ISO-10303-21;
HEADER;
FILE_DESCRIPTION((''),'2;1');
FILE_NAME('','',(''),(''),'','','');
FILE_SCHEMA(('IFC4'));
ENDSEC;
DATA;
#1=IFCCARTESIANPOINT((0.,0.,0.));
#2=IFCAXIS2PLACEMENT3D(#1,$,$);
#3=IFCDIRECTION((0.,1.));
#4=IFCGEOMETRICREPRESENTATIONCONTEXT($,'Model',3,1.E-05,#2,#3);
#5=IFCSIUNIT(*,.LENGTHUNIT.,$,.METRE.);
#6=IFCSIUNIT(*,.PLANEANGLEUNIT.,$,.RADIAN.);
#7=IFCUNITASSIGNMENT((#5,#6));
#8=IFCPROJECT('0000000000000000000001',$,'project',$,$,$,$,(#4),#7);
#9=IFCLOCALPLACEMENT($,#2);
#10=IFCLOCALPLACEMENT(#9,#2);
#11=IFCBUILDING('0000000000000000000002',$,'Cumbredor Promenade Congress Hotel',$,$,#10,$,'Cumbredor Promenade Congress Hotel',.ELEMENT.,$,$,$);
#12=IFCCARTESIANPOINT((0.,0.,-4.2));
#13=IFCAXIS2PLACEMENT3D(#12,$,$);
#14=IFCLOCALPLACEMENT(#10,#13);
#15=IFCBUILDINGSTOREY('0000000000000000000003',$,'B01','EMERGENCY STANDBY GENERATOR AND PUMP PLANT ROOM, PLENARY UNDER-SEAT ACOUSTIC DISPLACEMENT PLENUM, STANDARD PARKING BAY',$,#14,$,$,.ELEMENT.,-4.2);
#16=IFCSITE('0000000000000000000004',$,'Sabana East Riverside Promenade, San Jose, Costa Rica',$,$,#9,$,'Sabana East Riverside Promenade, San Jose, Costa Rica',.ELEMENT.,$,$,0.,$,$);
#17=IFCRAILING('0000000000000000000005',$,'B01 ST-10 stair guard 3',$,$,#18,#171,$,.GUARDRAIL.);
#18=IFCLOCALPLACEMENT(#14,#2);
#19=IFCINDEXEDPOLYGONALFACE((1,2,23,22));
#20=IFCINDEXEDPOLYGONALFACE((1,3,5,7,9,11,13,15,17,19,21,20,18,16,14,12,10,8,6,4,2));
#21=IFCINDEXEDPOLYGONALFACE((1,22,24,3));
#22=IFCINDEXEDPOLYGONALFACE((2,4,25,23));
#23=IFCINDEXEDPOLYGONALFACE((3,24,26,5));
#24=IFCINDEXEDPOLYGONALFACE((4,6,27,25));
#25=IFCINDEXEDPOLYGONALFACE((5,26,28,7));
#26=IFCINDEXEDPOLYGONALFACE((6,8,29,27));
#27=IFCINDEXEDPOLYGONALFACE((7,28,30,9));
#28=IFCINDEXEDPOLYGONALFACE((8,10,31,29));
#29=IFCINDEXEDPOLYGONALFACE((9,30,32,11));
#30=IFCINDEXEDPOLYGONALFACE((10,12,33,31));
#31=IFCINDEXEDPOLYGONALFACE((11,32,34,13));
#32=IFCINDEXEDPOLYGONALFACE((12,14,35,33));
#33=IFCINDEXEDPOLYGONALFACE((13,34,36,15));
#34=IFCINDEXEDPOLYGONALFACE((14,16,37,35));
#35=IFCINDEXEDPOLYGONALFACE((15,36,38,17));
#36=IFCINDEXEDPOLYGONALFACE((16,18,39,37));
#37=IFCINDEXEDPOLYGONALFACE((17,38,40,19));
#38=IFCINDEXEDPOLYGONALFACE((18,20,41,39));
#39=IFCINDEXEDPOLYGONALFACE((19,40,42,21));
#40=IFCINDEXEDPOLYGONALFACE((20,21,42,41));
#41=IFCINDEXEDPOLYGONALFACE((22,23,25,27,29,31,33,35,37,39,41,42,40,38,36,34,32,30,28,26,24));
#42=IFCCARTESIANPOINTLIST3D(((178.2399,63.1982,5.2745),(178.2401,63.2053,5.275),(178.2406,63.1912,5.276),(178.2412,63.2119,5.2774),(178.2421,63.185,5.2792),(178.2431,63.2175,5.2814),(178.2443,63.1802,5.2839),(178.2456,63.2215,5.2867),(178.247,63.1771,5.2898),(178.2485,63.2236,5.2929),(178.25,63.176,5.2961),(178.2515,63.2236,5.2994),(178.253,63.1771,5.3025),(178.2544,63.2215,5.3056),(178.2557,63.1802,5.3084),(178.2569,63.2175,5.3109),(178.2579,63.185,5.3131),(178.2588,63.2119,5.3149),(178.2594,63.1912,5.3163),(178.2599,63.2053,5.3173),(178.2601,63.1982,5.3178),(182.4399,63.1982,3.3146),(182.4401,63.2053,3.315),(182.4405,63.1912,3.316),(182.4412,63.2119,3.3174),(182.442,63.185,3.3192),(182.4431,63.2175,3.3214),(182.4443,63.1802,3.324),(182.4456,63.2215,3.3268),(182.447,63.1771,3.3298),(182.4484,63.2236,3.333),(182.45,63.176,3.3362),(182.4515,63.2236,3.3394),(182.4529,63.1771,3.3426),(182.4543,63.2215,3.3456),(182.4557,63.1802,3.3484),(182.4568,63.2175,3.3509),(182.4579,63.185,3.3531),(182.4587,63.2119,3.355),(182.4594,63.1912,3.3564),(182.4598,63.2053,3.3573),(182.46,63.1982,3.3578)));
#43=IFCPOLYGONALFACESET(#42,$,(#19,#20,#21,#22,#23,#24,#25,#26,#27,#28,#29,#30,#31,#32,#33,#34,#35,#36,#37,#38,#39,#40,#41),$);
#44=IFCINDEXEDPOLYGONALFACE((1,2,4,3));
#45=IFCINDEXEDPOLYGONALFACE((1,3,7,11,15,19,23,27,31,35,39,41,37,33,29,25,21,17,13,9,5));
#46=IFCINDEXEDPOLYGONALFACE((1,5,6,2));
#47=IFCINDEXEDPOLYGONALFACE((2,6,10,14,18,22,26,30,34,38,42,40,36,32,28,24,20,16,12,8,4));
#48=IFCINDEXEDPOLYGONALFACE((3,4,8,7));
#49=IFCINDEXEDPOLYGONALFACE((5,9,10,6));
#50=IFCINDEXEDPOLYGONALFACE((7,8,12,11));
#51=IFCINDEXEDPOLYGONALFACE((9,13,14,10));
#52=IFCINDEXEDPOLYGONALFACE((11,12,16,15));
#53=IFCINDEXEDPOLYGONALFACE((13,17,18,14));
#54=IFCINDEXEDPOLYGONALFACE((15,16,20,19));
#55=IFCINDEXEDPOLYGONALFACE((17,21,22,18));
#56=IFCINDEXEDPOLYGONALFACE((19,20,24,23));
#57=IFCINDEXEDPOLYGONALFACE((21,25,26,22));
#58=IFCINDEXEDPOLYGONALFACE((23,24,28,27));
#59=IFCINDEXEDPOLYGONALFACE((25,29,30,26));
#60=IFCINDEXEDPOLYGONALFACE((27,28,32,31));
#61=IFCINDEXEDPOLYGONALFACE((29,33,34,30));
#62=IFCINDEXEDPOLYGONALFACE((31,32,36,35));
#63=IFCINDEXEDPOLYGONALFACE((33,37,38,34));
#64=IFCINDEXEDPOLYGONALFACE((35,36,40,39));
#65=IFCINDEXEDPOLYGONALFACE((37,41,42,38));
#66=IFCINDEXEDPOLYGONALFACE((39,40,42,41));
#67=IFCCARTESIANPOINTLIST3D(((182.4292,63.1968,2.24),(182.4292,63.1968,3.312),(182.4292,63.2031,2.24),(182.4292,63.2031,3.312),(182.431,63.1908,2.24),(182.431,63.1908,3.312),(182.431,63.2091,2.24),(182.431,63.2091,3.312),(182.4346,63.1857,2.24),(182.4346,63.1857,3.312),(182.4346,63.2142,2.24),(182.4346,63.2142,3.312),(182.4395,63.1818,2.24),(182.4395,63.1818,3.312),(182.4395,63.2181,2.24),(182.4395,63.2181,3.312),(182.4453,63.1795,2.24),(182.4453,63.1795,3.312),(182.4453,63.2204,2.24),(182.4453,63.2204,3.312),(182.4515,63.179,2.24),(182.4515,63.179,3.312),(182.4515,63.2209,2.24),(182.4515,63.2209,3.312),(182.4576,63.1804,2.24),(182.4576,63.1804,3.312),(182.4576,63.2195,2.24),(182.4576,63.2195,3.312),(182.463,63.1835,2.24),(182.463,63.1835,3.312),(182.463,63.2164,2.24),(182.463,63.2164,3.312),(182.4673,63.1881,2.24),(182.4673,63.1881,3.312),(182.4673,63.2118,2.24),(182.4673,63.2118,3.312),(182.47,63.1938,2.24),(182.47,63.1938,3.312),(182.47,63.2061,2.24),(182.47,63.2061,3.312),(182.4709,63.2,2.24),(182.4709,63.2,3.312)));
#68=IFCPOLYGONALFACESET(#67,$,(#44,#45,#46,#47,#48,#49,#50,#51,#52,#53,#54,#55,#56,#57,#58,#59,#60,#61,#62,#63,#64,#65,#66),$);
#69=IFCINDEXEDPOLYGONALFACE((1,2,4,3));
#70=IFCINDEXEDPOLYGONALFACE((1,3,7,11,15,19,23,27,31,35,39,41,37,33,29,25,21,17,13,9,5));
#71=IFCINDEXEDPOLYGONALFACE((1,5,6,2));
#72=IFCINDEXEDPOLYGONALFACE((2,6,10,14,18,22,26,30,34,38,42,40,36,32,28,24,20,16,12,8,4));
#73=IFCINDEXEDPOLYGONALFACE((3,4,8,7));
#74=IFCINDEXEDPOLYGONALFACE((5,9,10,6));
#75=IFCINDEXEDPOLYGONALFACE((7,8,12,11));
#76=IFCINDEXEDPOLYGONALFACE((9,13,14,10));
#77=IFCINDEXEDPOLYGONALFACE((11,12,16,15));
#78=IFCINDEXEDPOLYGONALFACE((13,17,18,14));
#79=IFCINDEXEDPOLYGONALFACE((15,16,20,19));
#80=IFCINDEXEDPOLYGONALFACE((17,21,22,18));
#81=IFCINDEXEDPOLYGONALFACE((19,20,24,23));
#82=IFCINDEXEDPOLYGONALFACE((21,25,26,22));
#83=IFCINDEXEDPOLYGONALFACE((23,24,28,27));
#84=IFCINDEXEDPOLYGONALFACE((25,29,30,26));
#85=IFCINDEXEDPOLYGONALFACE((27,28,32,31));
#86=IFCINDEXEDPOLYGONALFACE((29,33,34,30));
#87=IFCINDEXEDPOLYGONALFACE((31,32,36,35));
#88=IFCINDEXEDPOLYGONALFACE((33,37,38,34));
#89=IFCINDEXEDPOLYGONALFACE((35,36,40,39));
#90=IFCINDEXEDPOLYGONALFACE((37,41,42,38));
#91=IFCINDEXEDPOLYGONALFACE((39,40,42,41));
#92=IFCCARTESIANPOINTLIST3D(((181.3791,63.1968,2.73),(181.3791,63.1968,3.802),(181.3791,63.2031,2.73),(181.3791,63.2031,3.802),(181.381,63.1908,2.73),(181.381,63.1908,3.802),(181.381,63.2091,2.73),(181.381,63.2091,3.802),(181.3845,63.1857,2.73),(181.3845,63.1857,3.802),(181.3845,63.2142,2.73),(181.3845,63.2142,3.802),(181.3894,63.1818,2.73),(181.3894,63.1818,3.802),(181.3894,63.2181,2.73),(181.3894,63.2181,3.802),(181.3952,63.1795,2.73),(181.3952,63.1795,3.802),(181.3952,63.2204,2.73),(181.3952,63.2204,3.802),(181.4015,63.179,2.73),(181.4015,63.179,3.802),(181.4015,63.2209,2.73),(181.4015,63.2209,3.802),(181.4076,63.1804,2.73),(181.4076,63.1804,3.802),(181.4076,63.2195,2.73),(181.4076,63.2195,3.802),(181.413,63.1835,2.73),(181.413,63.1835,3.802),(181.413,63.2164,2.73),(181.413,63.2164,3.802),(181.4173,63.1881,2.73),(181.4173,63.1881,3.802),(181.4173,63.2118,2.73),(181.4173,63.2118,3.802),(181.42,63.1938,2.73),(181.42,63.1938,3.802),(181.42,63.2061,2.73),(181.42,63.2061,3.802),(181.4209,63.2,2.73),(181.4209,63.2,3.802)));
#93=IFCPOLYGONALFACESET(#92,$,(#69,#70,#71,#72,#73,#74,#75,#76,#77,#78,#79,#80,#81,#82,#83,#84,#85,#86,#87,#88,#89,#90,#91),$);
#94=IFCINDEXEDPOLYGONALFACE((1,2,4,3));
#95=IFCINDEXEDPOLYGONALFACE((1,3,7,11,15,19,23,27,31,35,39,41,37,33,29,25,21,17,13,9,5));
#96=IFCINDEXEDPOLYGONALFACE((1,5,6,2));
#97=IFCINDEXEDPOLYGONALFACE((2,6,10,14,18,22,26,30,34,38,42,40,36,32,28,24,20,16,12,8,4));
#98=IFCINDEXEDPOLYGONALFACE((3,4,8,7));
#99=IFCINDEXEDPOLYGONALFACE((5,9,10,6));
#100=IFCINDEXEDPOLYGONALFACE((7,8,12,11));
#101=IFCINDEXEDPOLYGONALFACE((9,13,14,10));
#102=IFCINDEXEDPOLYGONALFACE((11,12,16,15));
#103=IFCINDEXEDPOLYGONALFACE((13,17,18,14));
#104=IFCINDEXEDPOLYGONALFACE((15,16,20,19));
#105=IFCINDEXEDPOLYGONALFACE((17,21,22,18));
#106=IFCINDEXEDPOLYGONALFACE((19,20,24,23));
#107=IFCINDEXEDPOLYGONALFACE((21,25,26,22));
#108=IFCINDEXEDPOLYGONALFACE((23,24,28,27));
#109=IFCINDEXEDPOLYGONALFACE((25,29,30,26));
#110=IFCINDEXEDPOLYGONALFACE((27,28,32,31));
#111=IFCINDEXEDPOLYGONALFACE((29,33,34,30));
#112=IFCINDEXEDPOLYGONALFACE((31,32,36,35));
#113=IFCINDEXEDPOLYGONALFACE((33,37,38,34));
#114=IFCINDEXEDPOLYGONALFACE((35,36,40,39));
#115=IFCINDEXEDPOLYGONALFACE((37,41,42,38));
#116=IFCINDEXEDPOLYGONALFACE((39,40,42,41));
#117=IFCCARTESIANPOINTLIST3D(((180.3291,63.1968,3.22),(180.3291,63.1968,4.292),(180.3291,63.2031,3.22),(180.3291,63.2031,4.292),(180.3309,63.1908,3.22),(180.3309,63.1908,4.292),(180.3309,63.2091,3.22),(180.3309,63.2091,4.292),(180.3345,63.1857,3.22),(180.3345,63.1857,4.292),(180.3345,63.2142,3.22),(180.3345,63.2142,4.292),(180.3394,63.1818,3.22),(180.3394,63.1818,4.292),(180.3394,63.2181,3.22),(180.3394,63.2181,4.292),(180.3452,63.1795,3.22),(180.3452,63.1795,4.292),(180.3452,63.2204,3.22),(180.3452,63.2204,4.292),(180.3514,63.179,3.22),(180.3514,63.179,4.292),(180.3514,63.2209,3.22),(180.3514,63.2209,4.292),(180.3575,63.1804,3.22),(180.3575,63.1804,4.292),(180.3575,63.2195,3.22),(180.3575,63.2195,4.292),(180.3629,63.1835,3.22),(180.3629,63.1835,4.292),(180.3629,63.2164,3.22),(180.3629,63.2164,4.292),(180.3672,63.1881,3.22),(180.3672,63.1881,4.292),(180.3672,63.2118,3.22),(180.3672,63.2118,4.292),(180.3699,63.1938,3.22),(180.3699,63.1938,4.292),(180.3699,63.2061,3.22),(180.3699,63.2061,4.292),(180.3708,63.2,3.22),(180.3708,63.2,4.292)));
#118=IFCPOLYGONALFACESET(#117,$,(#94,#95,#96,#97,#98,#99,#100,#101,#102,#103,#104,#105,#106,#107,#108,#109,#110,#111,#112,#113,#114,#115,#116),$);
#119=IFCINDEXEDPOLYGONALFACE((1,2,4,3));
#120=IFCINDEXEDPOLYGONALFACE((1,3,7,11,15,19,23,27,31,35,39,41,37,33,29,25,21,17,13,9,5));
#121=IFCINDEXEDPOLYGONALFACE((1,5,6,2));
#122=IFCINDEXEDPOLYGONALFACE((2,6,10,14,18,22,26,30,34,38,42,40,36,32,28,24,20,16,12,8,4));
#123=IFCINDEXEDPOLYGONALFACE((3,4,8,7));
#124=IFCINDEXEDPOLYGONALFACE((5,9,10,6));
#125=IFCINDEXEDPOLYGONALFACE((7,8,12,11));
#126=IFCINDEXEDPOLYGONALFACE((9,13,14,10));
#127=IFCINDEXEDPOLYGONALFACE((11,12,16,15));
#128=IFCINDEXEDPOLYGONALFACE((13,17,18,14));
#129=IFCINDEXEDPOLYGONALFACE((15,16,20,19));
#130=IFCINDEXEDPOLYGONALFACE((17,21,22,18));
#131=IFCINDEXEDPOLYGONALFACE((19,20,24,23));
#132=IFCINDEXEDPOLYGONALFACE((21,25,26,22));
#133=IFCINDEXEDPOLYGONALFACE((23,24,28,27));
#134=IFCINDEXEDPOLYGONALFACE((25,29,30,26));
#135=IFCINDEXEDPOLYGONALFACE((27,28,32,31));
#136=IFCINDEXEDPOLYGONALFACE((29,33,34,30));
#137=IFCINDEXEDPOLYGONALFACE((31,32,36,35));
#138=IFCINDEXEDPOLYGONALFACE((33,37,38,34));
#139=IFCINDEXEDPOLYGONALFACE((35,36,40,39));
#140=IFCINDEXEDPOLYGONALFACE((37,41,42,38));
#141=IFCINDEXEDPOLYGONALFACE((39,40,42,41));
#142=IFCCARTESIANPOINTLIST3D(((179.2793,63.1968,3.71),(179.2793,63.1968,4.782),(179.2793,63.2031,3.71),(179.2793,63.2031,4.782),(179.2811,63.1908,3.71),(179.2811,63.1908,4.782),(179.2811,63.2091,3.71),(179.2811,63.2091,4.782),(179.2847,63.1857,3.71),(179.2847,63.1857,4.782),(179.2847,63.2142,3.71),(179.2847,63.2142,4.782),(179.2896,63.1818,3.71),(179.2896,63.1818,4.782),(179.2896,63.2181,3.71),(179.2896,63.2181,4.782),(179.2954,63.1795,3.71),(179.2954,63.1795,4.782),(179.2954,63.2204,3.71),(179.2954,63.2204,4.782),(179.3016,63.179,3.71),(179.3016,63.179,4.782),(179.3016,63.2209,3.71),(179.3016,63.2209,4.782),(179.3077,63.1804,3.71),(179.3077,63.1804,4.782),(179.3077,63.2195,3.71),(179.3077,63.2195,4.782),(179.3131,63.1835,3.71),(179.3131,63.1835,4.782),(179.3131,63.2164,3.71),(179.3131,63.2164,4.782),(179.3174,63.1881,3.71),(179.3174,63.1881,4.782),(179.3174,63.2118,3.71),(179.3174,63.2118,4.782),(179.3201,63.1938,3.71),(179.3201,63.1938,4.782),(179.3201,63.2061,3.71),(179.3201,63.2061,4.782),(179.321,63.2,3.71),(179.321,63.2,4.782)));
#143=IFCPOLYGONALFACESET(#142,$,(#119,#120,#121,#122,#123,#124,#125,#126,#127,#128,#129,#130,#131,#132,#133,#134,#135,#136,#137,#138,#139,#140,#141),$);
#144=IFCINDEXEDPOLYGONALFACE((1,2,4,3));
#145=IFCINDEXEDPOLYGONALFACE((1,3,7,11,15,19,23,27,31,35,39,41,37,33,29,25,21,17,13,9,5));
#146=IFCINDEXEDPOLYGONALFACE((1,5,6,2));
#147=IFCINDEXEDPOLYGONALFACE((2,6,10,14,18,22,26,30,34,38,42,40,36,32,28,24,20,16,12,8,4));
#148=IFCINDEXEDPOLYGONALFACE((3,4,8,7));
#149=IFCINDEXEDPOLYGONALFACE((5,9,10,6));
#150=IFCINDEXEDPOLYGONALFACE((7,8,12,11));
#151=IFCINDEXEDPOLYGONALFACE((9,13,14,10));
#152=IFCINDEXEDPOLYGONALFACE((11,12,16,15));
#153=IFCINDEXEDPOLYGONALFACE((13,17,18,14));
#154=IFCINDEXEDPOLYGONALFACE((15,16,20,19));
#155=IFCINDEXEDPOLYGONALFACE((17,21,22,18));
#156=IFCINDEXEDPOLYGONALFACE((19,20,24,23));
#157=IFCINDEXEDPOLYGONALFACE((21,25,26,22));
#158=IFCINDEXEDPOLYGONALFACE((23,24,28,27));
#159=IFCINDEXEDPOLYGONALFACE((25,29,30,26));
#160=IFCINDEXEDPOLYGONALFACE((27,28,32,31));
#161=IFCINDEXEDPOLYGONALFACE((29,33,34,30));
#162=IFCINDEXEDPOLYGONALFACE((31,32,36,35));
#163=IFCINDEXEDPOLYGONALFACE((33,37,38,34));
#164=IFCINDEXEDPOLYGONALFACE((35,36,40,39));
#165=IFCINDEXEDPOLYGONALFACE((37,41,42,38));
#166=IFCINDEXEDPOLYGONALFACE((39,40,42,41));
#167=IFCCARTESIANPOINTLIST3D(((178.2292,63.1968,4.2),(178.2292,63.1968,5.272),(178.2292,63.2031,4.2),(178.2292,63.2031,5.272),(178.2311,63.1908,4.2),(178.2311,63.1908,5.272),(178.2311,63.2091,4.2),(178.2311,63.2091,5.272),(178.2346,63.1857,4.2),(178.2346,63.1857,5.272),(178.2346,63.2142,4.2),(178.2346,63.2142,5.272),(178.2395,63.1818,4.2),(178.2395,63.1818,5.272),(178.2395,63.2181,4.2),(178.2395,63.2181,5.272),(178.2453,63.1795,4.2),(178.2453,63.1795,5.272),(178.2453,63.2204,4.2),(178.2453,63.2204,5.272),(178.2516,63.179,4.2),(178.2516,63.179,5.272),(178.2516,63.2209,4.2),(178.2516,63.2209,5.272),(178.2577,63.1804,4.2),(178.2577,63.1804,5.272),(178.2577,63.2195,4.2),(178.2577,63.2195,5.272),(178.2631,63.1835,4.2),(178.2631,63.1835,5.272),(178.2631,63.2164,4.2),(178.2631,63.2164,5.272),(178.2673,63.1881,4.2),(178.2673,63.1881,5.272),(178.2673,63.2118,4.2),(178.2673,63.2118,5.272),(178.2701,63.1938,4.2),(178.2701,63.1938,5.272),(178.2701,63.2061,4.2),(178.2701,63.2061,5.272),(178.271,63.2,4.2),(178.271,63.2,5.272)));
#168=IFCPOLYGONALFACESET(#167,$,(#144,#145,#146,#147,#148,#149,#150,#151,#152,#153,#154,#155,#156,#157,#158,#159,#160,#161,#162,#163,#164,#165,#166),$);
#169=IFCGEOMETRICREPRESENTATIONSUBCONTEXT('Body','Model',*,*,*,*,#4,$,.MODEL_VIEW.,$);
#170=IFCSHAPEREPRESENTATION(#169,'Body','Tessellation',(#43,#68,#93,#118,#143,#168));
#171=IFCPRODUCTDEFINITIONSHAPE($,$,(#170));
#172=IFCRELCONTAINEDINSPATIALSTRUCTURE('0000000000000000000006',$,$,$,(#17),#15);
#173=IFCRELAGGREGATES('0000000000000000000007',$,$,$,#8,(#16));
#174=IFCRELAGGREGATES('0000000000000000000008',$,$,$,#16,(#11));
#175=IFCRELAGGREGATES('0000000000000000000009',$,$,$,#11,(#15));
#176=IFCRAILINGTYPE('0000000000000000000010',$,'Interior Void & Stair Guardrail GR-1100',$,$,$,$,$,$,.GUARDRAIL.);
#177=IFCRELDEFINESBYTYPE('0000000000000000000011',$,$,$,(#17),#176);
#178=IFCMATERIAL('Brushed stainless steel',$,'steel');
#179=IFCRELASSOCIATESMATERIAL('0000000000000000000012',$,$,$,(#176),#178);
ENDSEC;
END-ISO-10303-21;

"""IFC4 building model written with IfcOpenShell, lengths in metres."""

from ifc_helpers import new_model, si_unit, direction, frame, origin, origin_2d, place, context, subcontext, project, spatial, circle, extrude, material, type_object, element, save


model = new_model("IFC4")

# Units and contexts
model_context = context("Model", 3, precision=1e-05, world=origin(), true_north=direction((0.0, 1.0)))
body_context = subcontext(model_context, "Body", "Model", "MODEL_VIEW")
ifc_project = project(units=[si_unit("LENGTHUNIT", "METRE"), si_unit("PLANEANGLEUNIT", "RADIAN")], contexts=[model_context])

# Site, building, storey
site_placement = place(None, origin())
site = spatial("IfcSite", under=ifc_project, at=site_placement, Name="Sabana East Riverside Promenade, San Jose, Costa Rica", LongName="Sabana East Riverside Promenade, San Jose, Costa Rica", CompositionType="ELEMENT", RefElevation=0.0)
building_placement = place(site_placement, origin())
building = spatial("IfcBuilding", under=site, at=building_placement, Name="Cumbredor Promenade Congress Hotel", LongName="Cumbredor Promenade Congress Hotel", CompositionType="ELEMENT")
storey_placement = place(building_placement, frame((0.0, 0.0, -4.2)))
storey = spatial("IfcBuildingStorey", under=building, at=storey_placement, Name="B01", Description="EMERGENCY STANDBY GENERATOR AND PUMP PLANT ROOM, PLENARY UNDER-SEAT ACOUSTIC DISPLACEMENT PLENUM, STANDARD PARKING BAY", CompositionType="ELEMENT", Elevation=-4.2)

# Railing
ifc_material_1 = material(Name="Brushed stainless steel", Category="steel")
railing_type_1 = type_object("IfcRailingType", Name="Interior Void & Stair Guardrail GR-1100", PredefinedType="GUARDRAIL", material=ifc_material_1)
railing_1_placement = place(storey_placement, frame((182.45, 63.2, 2.24)))
element("IfcRailing", 1, at=railing_1_placement, inside=storey, type_object=railing_type_1, Name="B01 ST-10 stair guard 3", PredefinedType="GUARDRAIL", context=body_context, shape_type="SweptSolid", body=[
    extrude(circle(Radius=0.0239, at=origin_2d()), frame((0.0, 0.0, 1.0962), z_axis=(-0.906184, 0.0, 0.422883), x_axis=(0.0, -1.0, 0.0)), (0.0, 0.0, 1.0), 4.6348),
    extrude(circle(Radius=0.021, at=origin_2d()), origin(), (0.0, 0.0, 1.0), 1.072),
    extrude(circle(Radius=0.021, at=origin_2d()), frame((-1.05, 0.0, 0.49)), (0.0, 0.0, 1.0), 1.072),
    extrude(circle(Radius=0.021, at=origin_2d()), frame((-2.1001, 0.0, 0.98)), (0.0, 0.0, 1.0), 1.072),
    extrude(circle(Radius=0.021, at=origin_2d()), frame((-3.1499, 0.0, 1.47)), (0.0, 0.0, 1.0), 1.072),
    extrude(circle(Radius=0.021, at=origin_2d()), frame((-4.2, 0.0, 1.96)), (0.0, 0.0, 1.0), 1.072),
])

save(model, "model.ifc")
